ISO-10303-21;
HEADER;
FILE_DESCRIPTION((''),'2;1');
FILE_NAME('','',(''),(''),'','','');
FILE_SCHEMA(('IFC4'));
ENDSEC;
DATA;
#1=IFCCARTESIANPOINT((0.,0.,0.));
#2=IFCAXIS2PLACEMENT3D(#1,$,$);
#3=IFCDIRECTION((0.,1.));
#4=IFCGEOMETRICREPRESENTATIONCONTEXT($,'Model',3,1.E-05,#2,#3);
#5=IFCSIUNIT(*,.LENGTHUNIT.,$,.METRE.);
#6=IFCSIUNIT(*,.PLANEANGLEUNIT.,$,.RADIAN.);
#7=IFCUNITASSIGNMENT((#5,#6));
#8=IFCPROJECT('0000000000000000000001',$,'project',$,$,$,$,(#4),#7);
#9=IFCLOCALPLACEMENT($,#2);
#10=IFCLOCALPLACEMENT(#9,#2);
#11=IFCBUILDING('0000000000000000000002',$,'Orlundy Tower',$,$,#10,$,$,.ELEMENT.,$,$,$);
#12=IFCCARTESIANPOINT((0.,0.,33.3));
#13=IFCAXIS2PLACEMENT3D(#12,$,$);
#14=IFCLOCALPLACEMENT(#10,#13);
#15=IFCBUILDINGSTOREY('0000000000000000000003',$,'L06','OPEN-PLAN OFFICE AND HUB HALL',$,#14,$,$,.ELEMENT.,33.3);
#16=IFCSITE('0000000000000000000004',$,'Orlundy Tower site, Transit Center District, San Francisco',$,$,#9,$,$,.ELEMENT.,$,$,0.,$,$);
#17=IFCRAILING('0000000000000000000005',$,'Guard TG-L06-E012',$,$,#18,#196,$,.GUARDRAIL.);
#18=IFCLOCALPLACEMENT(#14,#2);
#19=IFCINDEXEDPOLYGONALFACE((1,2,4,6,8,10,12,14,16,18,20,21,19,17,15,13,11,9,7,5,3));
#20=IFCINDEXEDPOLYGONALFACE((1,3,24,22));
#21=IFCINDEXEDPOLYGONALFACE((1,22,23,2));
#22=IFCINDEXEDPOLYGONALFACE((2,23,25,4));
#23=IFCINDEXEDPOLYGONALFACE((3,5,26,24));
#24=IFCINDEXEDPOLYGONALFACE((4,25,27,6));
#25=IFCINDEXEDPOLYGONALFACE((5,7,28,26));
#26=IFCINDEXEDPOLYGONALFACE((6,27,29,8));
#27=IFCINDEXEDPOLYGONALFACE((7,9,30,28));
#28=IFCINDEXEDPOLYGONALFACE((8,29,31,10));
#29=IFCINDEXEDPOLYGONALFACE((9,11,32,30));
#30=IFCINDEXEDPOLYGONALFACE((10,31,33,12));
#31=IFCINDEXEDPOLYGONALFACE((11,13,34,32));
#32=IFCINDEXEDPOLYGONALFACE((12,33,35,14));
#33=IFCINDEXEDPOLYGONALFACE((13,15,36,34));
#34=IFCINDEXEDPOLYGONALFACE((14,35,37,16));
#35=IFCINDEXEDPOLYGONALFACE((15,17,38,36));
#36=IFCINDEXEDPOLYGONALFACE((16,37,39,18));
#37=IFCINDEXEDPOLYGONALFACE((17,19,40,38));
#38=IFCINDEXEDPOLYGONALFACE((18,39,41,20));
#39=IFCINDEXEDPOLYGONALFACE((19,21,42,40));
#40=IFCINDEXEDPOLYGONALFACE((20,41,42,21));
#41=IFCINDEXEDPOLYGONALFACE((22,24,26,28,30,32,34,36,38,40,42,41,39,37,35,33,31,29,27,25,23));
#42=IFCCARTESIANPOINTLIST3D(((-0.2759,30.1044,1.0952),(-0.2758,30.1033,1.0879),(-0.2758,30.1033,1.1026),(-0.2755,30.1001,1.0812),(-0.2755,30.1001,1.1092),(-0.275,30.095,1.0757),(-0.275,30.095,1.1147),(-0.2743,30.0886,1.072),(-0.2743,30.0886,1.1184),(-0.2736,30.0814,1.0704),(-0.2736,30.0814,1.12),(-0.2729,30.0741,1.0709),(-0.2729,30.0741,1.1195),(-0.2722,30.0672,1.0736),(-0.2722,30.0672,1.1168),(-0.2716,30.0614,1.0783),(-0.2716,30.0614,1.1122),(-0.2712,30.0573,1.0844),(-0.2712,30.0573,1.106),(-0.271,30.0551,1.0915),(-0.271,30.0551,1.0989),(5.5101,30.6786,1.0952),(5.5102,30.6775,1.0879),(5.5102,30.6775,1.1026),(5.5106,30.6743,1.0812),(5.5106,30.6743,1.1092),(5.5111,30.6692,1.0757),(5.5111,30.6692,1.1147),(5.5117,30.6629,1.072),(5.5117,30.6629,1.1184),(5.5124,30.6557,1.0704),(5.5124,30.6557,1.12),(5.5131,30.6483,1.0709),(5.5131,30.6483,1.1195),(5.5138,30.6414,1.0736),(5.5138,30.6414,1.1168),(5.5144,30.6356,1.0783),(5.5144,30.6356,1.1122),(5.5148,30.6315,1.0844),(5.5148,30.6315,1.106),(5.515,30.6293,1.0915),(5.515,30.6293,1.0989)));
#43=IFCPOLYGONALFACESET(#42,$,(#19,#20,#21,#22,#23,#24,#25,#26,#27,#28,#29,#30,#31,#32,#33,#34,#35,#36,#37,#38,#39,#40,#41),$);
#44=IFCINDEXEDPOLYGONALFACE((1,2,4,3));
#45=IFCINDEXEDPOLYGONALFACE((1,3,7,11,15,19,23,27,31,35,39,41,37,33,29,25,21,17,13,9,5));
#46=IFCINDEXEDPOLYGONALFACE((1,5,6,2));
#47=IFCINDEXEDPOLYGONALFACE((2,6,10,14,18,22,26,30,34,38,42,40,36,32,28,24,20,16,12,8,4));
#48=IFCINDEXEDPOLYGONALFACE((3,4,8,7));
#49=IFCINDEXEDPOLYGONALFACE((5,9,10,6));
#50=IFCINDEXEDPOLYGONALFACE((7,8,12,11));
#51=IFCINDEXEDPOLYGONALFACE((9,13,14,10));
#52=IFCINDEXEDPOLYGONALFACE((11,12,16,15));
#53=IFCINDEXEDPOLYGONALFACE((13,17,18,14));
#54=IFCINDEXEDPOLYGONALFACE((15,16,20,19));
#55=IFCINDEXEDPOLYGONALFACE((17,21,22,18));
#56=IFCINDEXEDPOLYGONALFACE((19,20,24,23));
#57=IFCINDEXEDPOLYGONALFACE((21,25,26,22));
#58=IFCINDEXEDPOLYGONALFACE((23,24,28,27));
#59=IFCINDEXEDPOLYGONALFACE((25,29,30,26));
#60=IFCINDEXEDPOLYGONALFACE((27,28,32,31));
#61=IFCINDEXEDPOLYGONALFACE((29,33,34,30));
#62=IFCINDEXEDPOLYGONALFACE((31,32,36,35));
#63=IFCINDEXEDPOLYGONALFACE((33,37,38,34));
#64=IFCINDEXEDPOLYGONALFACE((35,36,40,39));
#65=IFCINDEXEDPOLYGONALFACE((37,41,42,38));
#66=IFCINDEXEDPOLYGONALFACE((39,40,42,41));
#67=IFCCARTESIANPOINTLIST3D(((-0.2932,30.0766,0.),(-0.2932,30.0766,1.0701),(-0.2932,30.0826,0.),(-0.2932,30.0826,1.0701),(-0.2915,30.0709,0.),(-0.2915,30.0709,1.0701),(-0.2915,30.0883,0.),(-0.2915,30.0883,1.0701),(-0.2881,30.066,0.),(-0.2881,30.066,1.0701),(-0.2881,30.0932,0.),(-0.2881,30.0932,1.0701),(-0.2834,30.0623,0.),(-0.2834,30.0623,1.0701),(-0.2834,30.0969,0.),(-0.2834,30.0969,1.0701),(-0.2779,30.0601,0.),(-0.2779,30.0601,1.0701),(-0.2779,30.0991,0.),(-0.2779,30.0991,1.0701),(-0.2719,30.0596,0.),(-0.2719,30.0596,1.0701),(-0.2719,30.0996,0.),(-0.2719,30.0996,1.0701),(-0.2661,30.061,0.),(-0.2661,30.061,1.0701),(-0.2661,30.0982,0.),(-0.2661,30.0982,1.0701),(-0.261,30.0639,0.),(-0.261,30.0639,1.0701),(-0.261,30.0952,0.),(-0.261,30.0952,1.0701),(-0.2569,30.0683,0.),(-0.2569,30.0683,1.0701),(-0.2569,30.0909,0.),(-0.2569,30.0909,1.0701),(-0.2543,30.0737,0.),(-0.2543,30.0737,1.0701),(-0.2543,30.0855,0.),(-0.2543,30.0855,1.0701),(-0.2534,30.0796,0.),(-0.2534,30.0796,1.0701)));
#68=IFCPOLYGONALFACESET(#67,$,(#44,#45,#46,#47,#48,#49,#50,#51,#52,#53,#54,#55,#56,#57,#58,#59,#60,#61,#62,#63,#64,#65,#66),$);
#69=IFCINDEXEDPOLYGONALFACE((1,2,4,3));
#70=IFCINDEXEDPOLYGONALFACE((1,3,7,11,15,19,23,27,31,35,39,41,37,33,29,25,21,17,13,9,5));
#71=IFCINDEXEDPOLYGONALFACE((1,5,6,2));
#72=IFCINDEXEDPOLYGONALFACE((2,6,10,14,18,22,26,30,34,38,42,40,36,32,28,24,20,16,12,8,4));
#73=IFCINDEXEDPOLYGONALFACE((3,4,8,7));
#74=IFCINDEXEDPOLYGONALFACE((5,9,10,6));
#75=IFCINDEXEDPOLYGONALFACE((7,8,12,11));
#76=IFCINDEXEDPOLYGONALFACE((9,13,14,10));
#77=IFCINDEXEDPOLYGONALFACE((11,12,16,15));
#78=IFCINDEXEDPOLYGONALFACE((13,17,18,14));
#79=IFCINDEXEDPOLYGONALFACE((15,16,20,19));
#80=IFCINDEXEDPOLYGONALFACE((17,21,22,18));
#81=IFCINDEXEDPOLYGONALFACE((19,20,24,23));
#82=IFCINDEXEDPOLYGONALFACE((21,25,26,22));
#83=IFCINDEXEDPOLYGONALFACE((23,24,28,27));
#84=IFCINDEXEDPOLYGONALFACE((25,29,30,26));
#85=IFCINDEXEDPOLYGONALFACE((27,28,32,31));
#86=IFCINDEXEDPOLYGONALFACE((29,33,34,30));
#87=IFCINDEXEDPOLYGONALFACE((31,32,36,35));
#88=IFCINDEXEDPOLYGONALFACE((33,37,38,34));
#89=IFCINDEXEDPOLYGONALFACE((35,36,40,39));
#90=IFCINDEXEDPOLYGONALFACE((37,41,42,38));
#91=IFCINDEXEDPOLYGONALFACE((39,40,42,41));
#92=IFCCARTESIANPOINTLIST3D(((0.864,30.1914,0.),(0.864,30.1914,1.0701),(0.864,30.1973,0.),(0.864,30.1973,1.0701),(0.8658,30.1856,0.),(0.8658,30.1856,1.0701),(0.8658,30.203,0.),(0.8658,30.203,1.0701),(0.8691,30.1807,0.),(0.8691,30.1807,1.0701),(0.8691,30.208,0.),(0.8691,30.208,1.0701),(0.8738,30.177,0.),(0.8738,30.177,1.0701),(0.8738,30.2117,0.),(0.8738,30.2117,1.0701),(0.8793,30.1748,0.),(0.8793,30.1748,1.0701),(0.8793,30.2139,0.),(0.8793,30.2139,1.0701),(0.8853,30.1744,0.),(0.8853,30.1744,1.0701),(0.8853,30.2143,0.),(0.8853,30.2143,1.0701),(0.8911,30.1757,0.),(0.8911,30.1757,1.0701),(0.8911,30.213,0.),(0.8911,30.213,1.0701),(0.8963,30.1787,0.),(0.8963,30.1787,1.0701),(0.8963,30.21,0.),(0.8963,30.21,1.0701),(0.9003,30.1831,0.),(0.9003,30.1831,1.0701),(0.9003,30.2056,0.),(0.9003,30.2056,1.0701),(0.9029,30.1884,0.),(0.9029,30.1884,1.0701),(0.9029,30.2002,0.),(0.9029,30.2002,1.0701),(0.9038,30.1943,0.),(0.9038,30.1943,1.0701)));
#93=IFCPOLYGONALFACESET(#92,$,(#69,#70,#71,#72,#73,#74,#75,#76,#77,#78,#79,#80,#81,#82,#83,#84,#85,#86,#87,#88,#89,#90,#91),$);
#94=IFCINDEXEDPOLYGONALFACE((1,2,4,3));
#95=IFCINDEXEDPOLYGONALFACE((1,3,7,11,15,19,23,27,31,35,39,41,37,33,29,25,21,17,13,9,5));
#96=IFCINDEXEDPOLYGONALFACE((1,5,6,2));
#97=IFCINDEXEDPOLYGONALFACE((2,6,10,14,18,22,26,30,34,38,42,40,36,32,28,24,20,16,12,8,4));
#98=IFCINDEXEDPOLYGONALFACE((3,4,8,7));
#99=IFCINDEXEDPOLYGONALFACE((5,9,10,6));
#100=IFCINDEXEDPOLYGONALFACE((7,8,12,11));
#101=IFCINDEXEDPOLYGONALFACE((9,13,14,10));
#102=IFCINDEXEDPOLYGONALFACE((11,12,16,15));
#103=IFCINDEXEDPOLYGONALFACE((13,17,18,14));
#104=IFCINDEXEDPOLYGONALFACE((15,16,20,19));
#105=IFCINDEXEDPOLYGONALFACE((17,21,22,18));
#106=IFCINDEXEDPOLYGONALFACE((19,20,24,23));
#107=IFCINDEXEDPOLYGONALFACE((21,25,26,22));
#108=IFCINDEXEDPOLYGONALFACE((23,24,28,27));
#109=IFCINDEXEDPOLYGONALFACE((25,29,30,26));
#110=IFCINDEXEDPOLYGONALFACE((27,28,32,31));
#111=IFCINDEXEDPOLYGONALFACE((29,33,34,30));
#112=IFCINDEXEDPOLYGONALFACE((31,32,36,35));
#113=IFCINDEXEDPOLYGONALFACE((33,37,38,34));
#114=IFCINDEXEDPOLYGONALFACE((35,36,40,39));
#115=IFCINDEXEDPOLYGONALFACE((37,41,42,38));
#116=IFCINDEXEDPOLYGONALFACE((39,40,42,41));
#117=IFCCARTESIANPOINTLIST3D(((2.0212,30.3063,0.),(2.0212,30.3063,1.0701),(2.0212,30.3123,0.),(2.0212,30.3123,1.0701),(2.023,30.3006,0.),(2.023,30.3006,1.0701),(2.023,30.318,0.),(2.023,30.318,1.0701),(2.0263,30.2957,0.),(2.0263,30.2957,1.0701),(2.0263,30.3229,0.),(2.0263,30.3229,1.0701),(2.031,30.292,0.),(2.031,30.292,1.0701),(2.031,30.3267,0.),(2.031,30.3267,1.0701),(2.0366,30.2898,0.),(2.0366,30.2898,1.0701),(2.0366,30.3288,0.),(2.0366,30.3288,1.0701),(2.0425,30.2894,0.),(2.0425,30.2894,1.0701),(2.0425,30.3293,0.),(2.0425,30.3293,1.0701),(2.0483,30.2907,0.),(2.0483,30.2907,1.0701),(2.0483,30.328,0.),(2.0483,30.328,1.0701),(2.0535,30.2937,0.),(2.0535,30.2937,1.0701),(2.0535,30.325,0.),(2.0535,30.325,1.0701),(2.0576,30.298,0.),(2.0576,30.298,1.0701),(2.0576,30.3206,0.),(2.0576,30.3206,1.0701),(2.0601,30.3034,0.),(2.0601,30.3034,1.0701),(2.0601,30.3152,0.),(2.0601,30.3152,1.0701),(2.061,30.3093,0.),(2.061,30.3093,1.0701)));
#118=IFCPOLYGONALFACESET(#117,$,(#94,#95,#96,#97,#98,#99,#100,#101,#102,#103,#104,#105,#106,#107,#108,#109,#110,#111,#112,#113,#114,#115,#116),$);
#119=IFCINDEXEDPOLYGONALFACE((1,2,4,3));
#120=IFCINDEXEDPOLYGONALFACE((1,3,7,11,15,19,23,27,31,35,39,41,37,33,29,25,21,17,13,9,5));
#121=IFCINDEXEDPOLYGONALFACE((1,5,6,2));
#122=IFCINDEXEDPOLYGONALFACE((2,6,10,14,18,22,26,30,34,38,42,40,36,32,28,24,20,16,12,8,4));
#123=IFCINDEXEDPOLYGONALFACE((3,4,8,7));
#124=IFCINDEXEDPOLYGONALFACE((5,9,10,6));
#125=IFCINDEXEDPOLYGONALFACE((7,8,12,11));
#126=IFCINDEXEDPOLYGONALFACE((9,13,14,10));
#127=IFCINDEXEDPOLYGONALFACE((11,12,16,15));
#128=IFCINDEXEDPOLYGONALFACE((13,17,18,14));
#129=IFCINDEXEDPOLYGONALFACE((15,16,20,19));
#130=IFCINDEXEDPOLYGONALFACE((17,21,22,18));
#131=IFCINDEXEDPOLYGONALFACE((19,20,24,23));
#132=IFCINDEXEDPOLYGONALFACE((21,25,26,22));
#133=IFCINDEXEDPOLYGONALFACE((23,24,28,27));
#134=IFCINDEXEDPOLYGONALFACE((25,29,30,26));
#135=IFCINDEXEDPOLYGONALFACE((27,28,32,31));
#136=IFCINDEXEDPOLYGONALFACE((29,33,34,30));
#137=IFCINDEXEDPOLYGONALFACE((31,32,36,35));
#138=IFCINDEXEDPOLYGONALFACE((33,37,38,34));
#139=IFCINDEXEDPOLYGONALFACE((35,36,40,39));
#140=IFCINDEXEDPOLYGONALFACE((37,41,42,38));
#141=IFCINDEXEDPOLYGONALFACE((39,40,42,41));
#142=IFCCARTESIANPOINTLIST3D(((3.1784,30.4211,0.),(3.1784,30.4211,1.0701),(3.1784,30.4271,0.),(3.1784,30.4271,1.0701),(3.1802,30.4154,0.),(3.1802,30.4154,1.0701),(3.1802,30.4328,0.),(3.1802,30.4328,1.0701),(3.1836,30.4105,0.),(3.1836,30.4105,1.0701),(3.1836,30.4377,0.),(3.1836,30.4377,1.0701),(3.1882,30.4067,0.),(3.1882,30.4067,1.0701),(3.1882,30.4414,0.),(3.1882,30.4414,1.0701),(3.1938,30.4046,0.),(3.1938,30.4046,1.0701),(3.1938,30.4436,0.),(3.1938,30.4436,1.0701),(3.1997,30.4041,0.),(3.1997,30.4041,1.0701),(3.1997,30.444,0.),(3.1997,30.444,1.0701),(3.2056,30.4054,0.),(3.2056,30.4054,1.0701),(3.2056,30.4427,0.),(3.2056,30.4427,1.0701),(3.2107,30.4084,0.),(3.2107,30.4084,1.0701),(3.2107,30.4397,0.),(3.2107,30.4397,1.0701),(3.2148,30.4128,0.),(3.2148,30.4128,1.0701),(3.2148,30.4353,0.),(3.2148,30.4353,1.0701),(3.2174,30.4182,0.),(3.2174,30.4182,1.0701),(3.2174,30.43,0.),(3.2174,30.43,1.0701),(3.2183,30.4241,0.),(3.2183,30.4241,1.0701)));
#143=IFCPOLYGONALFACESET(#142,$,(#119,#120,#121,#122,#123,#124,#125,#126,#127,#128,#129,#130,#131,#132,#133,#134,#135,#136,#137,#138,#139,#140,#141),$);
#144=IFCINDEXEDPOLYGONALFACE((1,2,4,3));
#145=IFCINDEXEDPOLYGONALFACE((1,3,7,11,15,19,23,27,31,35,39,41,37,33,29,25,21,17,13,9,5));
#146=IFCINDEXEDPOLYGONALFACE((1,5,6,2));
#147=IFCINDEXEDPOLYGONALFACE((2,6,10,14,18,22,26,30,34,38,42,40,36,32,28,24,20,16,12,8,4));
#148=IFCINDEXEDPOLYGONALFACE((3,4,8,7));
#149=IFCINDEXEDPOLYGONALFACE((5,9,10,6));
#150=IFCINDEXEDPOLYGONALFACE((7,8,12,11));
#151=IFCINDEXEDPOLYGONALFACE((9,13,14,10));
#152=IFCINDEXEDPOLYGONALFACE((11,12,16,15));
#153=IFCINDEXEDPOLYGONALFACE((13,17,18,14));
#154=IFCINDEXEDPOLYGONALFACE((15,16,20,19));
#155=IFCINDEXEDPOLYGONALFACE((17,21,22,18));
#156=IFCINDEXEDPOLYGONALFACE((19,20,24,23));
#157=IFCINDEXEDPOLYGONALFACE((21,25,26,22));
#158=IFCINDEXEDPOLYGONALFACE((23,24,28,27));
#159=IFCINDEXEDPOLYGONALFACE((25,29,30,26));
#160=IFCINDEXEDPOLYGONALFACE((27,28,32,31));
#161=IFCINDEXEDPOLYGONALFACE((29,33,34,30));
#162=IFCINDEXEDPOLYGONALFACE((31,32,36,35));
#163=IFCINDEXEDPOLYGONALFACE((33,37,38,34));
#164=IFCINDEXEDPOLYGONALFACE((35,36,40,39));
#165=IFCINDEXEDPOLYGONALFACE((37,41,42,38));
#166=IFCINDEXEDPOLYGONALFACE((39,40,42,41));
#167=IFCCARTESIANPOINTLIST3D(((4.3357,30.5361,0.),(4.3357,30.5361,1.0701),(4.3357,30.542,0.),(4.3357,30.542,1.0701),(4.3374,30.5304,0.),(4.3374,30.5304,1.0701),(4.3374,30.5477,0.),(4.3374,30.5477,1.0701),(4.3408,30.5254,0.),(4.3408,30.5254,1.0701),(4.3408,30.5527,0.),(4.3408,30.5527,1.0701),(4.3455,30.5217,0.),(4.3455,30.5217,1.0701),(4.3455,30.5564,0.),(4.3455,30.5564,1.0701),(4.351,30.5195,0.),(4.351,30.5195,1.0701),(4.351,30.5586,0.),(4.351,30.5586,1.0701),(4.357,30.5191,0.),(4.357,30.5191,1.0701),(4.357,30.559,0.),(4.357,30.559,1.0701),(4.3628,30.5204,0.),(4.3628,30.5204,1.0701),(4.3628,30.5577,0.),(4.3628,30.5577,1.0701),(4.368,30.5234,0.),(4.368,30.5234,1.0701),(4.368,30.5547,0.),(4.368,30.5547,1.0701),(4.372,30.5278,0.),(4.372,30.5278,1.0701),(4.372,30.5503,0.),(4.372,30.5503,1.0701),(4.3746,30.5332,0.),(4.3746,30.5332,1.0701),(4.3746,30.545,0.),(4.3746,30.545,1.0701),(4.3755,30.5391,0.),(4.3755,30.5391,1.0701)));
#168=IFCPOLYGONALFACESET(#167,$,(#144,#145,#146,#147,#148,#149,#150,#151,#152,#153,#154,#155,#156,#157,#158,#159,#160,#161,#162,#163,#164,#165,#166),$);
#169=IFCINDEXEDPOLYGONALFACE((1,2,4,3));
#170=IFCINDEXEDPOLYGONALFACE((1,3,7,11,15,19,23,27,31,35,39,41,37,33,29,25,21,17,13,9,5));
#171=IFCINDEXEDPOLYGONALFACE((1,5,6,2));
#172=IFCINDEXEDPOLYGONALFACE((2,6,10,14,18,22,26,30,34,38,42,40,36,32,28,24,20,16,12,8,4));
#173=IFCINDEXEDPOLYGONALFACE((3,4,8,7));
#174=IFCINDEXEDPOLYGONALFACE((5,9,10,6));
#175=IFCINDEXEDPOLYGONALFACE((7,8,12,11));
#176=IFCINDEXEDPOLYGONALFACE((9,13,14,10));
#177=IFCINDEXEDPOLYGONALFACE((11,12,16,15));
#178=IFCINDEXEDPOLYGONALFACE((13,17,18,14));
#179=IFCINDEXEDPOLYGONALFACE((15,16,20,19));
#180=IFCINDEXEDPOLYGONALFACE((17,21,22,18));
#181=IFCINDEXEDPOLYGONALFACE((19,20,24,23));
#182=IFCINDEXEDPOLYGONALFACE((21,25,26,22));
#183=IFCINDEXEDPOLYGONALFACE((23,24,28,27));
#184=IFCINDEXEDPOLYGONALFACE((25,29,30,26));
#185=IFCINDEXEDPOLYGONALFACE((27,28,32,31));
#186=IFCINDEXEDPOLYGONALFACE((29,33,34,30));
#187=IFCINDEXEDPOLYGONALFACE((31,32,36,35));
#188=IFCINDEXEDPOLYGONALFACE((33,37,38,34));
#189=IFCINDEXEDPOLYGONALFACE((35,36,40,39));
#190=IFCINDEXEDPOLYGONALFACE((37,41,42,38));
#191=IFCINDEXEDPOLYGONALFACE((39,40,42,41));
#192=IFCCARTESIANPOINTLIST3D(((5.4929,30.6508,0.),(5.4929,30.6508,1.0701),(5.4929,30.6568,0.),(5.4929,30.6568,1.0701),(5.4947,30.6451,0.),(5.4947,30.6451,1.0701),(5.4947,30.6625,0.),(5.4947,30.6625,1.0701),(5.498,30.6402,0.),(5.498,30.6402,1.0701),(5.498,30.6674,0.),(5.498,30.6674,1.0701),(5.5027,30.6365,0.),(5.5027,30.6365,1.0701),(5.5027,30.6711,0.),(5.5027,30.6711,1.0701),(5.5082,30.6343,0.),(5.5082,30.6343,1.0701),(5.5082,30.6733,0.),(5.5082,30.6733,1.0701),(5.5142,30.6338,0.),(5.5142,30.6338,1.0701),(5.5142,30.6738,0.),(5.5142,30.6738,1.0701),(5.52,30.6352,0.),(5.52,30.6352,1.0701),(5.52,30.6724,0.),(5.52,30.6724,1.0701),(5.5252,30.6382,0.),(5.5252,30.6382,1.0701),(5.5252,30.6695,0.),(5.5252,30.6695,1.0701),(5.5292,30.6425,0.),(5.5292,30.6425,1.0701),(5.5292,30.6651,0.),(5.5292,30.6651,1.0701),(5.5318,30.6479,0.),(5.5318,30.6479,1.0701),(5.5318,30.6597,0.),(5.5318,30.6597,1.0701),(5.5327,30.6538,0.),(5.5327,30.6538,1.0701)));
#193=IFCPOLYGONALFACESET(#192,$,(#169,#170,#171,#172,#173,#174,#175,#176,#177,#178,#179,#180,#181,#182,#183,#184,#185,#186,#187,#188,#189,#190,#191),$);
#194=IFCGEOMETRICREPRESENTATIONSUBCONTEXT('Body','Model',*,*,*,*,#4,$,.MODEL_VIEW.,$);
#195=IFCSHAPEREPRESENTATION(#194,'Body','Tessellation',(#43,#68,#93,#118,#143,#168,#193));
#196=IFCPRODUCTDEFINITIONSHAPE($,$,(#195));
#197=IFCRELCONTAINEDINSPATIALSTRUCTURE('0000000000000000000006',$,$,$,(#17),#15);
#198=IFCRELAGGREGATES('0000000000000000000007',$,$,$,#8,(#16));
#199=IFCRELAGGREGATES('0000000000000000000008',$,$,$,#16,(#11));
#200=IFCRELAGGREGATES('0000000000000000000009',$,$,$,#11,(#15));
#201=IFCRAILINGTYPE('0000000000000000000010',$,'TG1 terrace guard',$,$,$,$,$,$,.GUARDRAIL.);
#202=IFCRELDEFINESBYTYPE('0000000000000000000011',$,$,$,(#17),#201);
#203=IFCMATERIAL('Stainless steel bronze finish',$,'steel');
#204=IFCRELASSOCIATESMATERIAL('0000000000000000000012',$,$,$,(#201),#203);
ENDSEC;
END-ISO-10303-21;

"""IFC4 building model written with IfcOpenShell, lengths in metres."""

from ifc_helpers import new_model, si_unit, direction, frame, origin, origin_2d, place, context, subcontext, project, spatial, circle, extrude, material, type_object, element, save


model = new_model("IFC4")

# Units and contexts
model_context = context("Model", 3, precision=1e-05, world=origin(), true_north=direction((0.0, 1.0)))
body_context = subcontext(model_context, "Body", "Model", "MODEL_VIEW")
ifc_project = project(units=[si_unit("LENGTHUNIT", "METRE"), si_unit("PLANEANGLEUNIT", "RADIAN")], contexts=[model_context])

# Site, building, storey
site_placement = place(None, origin())
site = spatial("IfcSite", under=ifc_project, at=site_placement, Name="Orlundy Tower site, Transit Center District, San Francisco", CompositionType="ELEMENT", RefElevation=0.0)
building_placement = place(site_placement, origin())
building = spatial("IfcBuilding", under=site, at=building_placement, Name="Orlundy Tower", CompositionType="ELEMENT")
storey_placement = place(building_placement, frame((0.0, 0.0, 33.3)))
storey = spatial("IfcBuildingStorey", under=building, at=storey_placement, Name="L06", Description="OPEN-PLAN OFFICE AND HUB HALL", CompositionType="ELEMENT", Elevation=33.3)

# Railing
ifc_material_1 = material(Name="Stainless steel bronze finish", Category="steel")
railing_type_1 = type_object("IfcRailingType", Name="TG1 terrace guard", PredefinedType="GUARDRAIL", material=ifc_material_1)
railing_1_placement = place(storey_placement, frame((-0.2734, 30.0796, 0.0)))
element("IfcRailing", 1, at=railing_1_placement, inside=storey, type_object=railing_type_1, Name="Guard TG-L06-E012", PredefinedType="GUARDRAIL", context=body_context, shape_type="SweptSolid", body=[
    extrude(circle(Radius=0.0249, at=origin_2d()), frame((0.0, 0.0, 1.0952), z_axis=(0.995112, 0.098755, 0.0), x_axis=(-0.098755, 0.995112, 0.0)), (0.0, 0.0, 1.0), 5.8145),
    extrude(circle(Radius=0.02, at=origin_2d()), origin(), (0.0, 0.0, 1.0), 1.0701),
    extrude(circle(Radius=0.02, at=origin_2d()), frame((1.1572, 0.1147, 0.0)), (0.0, 0.0, 1.0), 1.0701),
    extrude(circle(Radius=0.02, at=origin_2d()), frame((2.3145, 0.2297, 0.0)), (0.0, 0.0, 1.0), 1.0701),
    extrude(circle(Radius=0.02, at=origin_2d()), frame((3.4717, 0.3445, 0.0)), (0.0, 0.0, 1.0), 1.0701),
    extrude(circle(Radius=0.02, at=origin_2d()), frame((4.6289, 0.4595, 0.0)), (0.0, 0.0, 1.0), 1.0701),
    extrude(circle(Radius=0.02, at=origin_2d()), frame((5.7861, 0.5742, 0.0)), (0.0, 0.0, 1.0), 1.0701),
])

save(model, "model.ifc")
